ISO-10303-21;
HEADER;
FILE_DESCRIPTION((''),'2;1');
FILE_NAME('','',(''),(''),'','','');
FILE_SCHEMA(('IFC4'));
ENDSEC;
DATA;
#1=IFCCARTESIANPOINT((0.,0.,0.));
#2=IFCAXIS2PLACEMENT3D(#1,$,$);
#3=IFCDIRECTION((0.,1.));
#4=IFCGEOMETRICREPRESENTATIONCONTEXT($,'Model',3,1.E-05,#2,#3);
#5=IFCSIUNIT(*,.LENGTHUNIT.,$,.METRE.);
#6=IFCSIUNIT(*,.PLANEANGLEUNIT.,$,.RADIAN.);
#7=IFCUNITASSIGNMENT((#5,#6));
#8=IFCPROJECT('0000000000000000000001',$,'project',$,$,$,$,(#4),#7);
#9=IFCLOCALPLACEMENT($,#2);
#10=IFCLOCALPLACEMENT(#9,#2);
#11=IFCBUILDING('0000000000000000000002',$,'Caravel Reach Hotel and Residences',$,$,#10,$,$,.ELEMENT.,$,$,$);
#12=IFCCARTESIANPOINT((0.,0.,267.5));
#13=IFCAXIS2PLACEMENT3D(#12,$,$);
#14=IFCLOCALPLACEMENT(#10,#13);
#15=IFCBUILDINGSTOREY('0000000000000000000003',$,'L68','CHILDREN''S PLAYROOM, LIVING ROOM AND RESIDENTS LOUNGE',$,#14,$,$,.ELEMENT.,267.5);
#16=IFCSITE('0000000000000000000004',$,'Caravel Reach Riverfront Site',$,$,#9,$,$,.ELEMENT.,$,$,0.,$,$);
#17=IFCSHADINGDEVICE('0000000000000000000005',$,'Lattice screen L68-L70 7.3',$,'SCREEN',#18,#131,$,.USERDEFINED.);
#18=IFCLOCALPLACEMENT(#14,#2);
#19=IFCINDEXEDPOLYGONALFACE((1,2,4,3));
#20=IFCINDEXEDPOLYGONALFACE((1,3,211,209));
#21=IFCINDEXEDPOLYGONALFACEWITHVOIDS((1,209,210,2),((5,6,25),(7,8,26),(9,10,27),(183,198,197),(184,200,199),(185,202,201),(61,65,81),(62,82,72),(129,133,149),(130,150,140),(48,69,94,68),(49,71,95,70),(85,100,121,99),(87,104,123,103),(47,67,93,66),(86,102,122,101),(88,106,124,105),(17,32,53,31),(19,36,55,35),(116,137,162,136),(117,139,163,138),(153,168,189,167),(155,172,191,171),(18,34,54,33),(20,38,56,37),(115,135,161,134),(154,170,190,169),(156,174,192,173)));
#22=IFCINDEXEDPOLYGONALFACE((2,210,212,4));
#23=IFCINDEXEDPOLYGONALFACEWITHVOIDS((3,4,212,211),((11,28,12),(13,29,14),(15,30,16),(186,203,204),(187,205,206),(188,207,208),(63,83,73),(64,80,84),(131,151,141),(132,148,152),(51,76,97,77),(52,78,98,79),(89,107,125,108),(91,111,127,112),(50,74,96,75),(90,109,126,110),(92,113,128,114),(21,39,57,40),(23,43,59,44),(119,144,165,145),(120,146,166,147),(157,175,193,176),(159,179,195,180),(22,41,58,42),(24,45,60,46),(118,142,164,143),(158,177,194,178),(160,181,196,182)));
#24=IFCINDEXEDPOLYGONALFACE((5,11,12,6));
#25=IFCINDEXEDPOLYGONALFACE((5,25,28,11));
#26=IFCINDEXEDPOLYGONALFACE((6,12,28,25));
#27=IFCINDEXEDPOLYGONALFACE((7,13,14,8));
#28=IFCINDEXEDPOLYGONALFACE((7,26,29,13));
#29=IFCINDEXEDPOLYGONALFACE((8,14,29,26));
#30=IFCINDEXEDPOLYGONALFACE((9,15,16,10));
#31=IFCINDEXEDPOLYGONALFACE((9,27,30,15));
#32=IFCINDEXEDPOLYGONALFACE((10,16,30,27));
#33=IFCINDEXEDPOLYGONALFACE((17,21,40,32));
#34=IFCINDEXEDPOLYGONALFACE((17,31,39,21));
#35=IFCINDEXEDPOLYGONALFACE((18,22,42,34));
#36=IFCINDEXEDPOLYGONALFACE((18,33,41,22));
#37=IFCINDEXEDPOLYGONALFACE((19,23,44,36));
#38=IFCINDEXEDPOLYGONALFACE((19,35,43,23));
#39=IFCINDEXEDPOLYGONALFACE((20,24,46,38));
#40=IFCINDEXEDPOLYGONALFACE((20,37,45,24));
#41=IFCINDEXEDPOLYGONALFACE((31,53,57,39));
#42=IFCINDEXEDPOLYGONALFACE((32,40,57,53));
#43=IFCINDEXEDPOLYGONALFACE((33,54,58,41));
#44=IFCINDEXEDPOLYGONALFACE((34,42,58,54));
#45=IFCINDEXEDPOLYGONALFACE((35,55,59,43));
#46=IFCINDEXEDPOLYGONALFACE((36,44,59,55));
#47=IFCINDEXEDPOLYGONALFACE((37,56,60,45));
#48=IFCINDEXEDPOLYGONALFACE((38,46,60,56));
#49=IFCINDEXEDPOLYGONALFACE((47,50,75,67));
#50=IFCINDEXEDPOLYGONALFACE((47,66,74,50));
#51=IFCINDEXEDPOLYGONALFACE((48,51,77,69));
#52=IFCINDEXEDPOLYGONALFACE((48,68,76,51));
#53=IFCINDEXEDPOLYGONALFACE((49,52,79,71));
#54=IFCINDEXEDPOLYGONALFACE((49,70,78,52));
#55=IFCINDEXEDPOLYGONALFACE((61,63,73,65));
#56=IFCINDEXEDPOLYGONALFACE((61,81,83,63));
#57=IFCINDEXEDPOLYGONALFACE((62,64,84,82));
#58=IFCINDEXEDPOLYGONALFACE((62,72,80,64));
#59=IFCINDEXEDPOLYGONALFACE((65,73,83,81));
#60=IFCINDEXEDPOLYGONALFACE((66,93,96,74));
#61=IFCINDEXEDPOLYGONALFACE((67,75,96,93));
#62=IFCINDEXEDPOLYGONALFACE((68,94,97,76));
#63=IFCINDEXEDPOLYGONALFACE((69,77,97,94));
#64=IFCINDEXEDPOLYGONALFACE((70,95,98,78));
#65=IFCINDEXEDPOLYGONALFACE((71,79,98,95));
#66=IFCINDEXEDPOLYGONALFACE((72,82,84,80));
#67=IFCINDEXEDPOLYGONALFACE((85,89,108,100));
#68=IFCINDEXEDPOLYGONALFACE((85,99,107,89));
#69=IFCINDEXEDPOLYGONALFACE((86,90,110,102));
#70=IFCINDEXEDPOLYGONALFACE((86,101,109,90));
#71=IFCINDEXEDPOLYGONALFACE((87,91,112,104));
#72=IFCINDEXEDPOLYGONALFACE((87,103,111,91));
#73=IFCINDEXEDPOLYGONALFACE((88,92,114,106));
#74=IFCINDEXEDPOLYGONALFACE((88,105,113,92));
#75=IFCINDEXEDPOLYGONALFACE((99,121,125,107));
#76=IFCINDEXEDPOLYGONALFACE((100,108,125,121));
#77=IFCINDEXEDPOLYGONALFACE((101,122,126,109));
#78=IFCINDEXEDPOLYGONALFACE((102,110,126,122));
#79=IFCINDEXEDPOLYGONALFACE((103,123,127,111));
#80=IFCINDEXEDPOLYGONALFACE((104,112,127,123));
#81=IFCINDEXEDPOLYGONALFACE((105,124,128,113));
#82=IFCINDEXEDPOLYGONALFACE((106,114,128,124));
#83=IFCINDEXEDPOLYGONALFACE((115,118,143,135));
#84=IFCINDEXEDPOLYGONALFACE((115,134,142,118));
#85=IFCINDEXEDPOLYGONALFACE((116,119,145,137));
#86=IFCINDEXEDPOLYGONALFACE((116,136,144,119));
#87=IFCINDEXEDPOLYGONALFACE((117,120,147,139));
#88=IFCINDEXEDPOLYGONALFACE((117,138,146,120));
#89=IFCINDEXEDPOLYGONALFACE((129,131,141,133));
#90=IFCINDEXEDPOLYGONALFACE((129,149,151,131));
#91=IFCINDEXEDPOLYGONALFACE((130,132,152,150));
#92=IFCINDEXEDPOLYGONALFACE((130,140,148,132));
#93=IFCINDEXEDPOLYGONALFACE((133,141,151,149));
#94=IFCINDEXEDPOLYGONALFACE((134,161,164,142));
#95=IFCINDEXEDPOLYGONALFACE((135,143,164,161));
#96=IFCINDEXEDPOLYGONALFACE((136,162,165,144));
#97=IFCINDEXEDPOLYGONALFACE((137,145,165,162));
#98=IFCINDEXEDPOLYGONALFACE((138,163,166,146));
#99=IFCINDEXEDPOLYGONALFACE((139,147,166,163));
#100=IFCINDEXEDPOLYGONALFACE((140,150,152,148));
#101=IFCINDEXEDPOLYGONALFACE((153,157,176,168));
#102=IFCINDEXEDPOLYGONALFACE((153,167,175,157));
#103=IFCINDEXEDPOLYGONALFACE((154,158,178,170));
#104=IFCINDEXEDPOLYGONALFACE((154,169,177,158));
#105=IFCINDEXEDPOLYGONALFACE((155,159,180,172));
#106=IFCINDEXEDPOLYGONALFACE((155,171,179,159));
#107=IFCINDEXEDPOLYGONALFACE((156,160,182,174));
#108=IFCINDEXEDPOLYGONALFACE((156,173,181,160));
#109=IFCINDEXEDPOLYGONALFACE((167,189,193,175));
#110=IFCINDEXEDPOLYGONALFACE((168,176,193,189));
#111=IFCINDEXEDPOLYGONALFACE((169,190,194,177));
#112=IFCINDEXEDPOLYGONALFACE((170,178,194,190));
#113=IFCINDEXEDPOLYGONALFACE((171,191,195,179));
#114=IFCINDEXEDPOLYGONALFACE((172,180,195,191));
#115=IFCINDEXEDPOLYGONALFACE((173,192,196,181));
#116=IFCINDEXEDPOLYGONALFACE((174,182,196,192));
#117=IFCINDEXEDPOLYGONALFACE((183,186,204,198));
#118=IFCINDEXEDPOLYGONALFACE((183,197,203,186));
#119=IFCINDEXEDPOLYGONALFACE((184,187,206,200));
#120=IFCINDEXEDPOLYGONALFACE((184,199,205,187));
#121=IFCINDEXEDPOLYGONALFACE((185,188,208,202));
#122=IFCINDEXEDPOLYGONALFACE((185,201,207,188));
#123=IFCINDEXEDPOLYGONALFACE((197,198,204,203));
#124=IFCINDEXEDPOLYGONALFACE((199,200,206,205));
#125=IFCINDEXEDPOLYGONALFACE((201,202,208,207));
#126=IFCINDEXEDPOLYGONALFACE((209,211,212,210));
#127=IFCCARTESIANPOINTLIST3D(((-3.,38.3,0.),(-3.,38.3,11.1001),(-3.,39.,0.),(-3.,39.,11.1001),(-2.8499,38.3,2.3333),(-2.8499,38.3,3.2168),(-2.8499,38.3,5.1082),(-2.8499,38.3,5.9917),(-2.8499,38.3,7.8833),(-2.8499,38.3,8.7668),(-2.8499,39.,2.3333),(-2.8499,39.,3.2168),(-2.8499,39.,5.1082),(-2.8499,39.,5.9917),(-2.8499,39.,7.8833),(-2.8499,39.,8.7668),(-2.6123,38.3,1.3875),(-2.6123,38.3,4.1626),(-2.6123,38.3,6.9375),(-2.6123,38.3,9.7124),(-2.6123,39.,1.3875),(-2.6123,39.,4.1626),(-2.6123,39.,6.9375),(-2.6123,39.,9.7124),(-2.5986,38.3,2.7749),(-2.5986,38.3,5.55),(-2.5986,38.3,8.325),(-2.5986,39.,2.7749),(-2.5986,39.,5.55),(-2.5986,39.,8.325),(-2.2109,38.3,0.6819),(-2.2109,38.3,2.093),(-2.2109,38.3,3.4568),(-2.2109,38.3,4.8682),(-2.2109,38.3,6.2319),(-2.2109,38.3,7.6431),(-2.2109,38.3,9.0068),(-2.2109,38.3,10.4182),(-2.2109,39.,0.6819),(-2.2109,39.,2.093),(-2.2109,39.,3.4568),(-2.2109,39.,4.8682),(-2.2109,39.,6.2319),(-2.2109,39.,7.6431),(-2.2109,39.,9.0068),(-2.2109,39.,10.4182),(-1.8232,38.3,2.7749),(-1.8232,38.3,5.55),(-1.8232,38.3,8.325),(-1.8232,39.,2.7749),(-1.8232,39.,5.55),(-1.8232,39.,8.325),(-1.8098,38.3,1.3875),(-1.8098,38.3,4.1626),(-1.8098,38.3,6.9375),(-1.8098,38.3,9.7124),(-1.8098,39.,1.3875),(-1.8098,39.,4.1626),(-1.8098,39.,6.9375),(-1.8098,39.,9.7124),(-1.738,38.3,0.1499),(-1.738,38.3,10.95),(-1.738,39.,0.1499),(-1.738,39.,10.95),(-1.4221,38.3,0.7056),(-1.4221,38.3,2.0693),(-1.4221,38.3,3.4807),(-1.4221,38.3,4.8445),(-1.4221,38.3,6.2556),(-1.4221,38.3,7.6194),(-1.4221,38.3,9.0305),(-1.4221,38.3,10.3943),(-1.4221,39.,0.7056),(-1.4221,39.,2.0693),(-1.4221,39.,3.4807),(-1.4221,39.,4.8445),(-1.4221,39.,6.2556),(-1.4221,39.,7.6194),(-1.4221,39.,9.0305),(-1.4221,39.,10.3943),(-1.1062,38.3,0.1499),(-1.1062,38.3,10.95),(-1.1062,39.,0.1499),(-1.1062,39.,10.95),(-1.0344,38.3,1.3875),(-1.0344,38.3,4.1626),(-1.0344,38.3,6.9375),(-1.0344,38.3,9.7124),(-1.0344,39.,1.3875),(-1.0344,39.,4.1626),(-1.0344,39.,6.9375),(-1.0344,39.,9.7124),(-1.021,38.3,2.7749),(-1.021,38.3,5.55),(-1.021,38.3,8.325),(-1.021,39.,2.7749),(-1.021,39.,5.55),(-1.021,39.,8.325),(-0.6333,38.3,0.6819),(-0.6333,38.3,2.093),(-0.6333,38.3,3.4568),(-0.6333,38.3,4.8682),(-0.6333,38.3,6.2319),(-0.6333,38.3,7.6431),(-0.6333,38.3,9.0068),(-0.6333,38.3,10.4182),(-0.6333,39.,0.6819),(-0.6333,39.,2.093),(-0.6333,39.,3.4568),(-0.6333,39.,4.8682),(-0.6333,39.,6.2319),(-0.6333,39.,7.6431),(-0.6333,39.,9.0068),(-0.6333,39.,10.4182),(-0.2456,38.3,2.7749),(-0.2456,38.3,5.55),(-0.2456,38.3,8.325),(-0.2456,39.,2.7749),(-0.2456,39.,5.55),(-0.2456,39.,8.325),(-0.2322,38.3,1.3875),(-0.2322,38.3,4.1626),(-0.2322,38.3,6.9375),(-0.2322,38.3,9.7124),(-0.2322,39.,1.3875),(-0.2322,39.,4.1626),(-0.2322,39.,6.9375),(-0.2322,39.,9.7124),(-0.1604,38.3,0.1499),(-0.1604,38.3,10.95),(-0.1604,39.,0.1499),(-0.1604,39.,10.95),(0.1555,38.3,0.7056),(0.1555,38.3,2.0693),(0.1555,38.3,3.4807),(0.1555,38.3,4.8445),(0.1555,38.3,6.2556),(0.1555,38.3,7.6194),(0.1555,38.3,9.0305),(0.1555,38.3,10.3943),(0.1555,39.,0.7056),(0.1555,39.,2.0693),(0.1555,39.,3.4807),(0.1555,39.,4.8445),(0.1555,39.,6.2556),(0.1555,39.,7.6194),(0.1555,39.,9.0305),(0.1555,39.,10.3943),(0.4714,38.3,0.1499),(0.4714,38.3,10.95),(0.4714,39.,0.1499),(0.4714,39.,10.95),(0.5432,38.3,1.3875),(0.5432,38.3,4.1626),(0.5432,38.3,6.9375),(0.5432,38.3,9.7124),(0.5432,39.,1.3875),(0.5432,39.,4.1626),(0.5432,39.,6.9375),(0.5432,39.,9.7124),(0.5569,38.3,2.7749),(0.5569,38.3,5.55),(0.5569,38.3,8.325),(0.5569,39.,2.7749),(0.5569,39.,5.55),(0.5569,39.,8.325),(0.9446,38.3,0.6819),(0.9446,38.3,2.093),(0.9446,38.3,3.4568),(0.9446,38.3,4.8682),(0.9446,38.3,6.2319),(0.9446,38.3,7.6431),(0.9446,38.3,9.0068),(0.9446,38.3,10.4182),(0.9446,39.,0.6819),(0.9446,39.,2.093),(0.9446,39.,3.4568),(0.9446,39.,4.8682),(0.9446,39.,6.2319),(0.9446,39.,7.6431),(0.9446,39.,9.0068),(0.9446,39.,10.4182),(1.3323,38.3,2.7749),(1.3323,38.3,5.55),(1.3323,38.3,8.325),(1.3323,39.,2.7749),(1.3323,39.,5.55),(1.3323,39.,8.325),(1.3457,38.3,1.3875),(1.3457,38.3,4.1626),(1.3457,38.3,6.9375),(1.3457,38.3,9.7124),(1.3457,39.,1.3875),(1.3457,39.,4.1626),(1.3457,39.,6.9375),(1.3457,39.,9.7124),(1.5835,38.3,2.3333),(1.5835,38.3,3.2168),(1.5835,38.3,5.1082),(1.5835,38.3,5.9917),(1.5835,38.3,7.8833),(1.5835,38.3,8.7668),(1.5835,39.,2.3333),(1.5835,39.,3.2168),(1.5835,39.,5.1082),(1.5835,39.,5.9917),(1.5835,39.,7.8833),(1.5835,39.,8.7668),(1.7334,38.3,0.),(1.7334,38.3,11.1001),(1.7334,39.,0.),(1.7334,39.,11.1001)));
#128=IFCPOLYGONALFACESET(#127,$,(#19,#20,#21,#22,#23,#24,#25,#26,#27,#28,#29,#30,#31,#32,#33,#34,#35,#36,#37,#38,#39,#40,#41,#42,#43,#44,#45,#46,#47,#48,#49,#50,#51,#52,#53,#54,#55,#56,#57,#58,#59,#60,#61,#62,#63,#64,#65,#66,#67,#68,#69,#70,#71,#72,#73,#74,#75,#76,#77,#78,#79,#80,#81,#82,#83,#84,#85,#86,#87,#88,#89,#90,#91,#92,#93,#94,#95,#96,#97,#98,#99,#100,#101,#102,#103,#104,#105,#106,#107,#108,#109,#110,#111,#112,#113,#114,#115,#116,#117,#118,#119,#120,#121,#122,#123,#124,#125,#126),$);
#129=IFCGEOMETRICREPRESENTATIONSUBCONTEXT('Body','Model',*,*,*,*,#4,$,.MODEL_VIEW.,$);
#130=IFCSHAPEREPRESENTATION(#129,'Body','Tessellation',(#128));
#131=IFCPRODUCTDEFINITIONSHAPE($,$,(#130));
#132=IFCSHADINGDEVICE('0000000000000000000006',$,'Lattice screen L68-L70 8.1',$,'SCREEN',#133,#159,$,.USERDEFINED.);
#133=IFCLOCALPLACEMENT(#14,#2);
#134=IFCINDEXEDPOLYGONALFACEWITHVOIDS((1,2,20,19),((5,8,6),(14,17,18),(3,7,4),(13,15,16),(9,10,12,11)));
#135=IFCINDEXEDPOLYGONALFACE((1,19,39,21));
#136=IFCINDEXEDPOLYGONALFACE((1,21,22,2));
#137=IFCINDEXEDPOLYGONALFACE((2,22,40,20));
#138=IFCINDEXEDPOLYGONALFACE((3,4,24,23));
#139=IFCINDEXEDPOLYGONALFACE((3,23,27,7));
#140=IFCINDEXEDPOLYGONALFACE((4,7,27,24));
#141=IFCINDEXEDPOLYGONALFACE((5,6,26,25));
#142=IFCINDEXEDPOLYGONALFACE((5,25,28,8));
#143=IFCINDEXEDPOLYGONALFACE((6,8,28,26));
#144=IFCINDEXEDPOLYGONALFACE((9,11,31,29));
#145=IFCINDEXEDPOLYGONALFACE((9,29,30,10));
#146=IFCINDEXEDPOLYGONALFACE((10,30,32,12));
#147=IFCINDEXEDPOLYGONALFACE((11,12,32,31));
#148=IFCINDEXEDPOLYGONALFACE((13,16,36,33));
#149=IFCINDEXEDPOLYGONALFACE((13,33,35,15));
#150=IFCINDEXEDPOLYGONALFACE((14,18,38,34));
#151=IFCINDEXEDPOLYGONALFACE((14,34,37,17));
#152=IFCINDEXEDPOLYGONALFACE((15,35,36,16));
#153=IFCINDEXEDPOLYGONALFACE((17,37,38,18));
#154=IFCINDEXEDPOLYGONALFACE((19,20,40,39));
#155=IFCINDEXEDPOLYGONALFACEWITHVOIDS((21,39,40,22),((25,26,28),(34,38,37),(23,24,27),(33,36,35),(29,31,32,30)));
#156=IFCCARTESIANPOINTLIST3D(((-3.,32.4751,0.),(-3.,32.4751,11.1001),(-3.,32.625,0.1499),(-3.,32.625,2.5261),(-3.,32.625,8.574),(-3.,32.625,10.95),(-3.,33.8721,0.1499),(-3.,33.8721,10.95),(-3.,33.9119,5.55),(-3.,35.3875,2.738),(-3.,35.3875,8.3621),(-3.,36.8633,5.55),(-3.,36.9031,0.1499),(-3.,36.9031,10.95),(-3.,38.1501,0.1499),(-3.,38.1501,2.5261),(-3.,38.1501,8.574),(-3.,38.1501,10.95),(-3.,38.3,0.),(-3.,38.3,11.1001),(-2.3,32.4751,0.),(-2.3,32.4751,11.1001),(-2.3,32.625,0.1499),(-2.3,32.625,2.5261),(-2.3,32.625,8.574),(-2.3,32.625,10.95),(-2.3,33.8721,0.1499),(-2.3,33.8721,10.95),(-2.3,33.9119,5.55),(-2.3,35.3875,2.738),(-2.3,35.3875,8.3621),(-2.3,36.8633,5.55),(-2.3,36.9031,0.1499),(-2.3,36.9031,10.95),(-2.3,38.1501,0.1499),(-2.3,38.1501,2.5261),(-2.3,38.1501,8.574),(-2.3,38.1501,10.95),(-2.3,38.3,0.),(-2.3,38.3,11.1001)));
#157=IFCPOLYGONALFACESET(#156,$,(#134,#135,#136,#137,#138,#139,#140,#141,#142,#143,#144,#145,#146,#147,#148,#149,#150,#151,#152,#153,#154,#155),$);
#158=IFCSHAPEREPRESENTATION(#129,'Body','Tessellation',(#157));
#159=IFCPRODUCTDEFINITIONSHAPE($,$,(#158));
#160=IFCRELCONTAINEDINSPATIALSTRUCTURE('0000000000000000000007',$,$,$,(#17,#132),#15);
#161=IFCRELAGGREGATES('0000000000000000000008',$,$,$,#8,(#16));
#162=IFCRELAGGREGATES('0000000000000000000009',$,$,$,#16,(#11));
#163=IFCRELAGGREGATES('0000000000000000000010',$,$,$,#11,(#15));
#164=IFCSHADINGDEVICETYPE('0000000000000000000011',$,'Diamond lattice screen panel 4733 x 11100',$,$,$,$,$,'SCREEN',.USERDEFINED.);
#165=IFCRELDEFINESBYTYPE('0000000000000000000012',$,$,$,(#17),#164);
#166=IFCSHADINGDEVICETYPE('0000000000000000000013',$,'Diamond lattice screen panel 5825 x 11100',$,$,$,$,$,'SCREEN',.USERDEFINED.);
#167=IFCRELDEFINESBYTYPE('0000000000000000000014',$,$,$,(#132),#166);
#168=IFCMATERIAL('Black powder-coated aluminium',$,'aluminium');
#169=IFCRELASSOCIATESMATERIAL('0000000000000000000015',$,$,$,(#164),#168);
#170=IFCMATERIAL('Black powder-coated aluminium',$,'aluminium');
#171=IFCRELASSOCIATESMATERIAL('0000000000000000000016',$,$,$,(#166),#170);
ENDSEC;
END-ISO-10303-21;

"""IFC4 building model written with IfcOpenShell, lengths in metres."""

from ifc_helpers import new_model, si_unit, direction, frame, origin, place, context, subcontext, project, spatial, polyline, outline, extrude, material, type_object, element, save


model = new_model("IFC4")

# Units and contexts
model_context = context("Model", 3, precision=1e-05, world=origin(), true_north=direction((0.0, 1.0)))
body_context = subcontext(model_context, "Body", "Model", "MODEL_VIEW")
ifc_project = project(units=[si_unit("LENGTHUNIT", "METRE"), si_unit("PLANEANGLEUNIT", "RADIAN")], contexts=[model_context])

# Site, building, storey
site_placement = place(None, origin())
site = spatial("IfcSite", under=ifc_project, at=site_placement, Name="Caravel Reach Riverfront Site", CompositionType="ELEMENT", RefElevation=0.0)
building_placement = place(site_placement, origin())
building = spatial("IfcBuilding", under=site, at=building_placement, Name="Caravel Reach Hotel and Residences", CompositionType="ELEMENT")
storey_placement = place(building_placement, frame((0.0, 0.0, 267.5)))
storey = spatial("IfcBuildingStorey", under=building, at=storey_placement, Name="L68", Description="CHILDREN'S PLAYROOM, LIVING ROOM AND RESIDENTS LOUNGE", CompositionType="ELEMENT", Elevation=267.5)

# Shading devices
ifc_material_1 = material(Name="Black powder-coated aluminium", Category="aluminium")
shading_device_type_1 = type_object("IfcShadingDeviceType", Name="Diamond lattice screen panel 4733 x 11100", ElementType="SCREEN", PredefinedType="USERDEFINED", material=ifc_material_1)
shading_device_placement = place(storey_placement, frame((1.7334, 38.3, 0.0), z_axis=(0.0, 1.0, 0.0), x_axis=(-1.0, 0.0, 0.0)))
element("IfcShadingDevice", 1, at=shading_device_placement, inside=storey, type_object=shading_device_type_1, Name="Lattice screen L68-L70 7.3", ObjectType="SCREEN", PredefinedType="USERDEFINED", context=body_context, shape_type="SweptSolid", body=[
    extrude(outline(polyline([(0.0, 0.0), (4.7334, 0.0), (4.7334, 11.1001), (0.0, 11.1001), (0.0, 0.0)]), holes=[polyline([(0.4011, 2.7749), (0.1499, 3.2168), (0.1499, 2.3333), (0.4011, 2.7749)]), polyline([(0.4011, 5.55), (0.1499, 5.9917), (0.1499, 5.1082), (0.4011, 5.55)]), polyline([(0.4011, 8.325), (0.1499, 8.7668), (0.1499, 7.8833), (0.4011, 8.325)]), polyline([(0.7888, 2.093), (0.3877, 1.3875), (0.7888, 0.6819), (1.1902, 1.3875), (0.7888, 2.093)]), polyline([(0.7888, 4.8682), (0.3877, 4.1626), (0.7888, 3.4568), (1.1902, 4.1626), (0.7888, 4.8682)]), polyline([(0.7888, 7.6431), (0.3877, 6.9375), (0.7888, 6.2319), (1.1902, 6.9375), (0.7888, 7.6431)]), polyline([(0.7888, 10.4182), (0.3877, 9.7124), (0.7888, 9.0068), (1.1902, 9.7124), (0.7888, 10.4182)]), polyline([(1.5779, 0.7056), (1.262, 0.1499), (1.8938, 0.1499), (1.5779, 0.7056)]), polyline([(1.5779, 3.4807), (1.1765, 2.7749), (1.5779, 2.0693), (1.979, 2.7749), (1.5779, 3.4807)]), polyline([(1.5779, 6.2556), (1.1765, 5.55), (1.5779, 4.8445), (1.979, 5.55), (1.5779, 6.2556)]), polyline([(1.5779, 9.0305), (1.1765, 8.325), (1.5779, 7.6194), (1.979, 8.325), (1.5779, 9.0305)]), polyline([(1.5779, 10.3943), (1.8938, 10.95), (1.262, 10.95), (1.5779, 10.3943)]), polyline([(2.3667, 2.093), (1.9656, 1.3875), (2.3667, 0.6819), (2.7678, 1.3875), (2.3667, 2.093)]), polyline([(2.3667, 4.8682), (1.9656, 4.1626), (2.3667, 3.4568), (2.7678, 4.1626), (2.3667, 4.8682)]), polyline([(2.3667, 7.6431), (1.9656, 6.9375), (2.3667, 6.2319), (2.7678, 6.9375), (2.3667, 7.6431)]), polyline([(2.3667, 10.4182), (1.9656, 9.7124), (2.3667, 9.0068), (2.7678, 9.7124), (2.3667, 10.4182)]), polyline([(3.1555, 0.7056), (2.8396, 0.1499), (3.4714, 0.1499), (3.1555, 0.7056)]), polyline([(3.1555, 3.4807), (2.7544, 2.7749), (3.1555, 2.0693), (3.5566, 2.7749), (3.1555, 3.4807)]), polyline([(3.1555, 6.2556), (2.7544, 5.55), (3.1555, 4.8445), (3.5566, 5.55), (3.1555, 6.2556)]), polyline([(3.1555, 9.0305), (2.7544, 8.325), (3.1555, 7.6194), (3.5566, 8.325), (3.1555, 9.0305)]), polyline([(3.1555, 10.3943), (3.4714, 10.95), (2.8396, 10.95), (3.1555, 10.3943)]), polyline([(3.9443, 2.093), (3.5432, 1.3875), (3.9443, 0.6819), (4.3457, 1.3875), (3.9443, 2.093)]), polyline([(3.9443, 4.8682), (3.5432, 4.1626), (3.9443, 3.4568), (4.3457, 4.1626), (3.9443, 4.8682)]), polyline([(3.9443, 7.6431), (3.5432, 6.9375), (3.9443, 6.2319), (4.3457, 6.9375), (3.9443, 7.6431)]), polyline([(3.9443, 10.4182), (3.5432, 9.7124), (3.9443, 9.0068), (4.3457, 9.7124), (3.9443, 10.4182)]), polyline([(4.332, 2.7749), (4.5833, 2.3333), (4.5833, 3.2168), (4.332, 2.7749)]), polyline([(4.332, 5.55), (4.5833, 5.1082), (4.5833, 5.9917), (4.332, 5.55)]), polyline([(4.332, 8.325), (4.5833, 7.8833), (4.5833, 8.7668), (4.332, 8.325)])]), origin(), (0.0, 0.0, 1.0), 0.7),
])
ifc_material_2 = material(Name="Black powder-coated aluminium", Category="aluminium")
shading_device_type_2 = type_object("IfcShadingDeviceType", Name="Diamond lattice screen panel 5825 x 11100", ElementType="SCREEN", PredefinedType="USERDEFINED", material=ifc_material_2)
for number, where, z_axis, x_axis, name in (
    (2, (-2.3, 38.3, 0.0), (-1.0, 0.0, 0.0), (0.0, -1.0, 0.0), "Lattice screen L68-L70 8.1"),
):
    element("IfcShadingDevice", number, at=place(storey_placement, frame(where, z_axis=z_axis, x_axis=x_axis)), inside=storey, type_object=shading_device_type_2, Name=name, ObjectType="SCREEN", PredefinedType="USERDEFINED", context=body_context, shape_type="SweptSolid", body=[
        extrude(outline(polyline([(0.0, 0.0), (5.825, 0.0), (5.825, 11.1001), (0.0, 11.1001), (0.0, 0.0)]), holes=[polyline([(1.397, 0.1499), (0.1499, 2.5261), (0.1499, 0.1499), (1.397, 0.1499)]), polyline([(0.1499, 8.574), (1.397, 10.95), (0.1499, 10.95), (0.1499, 8.574)]), polyline([(2.9126, 8.3621), (1.4368, 5.55), (2.9126, 2.738), (4.3882, 5.55), (2.9126, 8.3621)]), polyline([(5.675, 2.5261), (4.428, 0.1499), (5.675, 0.1499), (5.675, 2.5261)]), polyline([(4.428, 10.95), (5.675, 8.574), (5.675, 10.95), (4.428, 10.95)])]), origin(), (0.0, 0.0, 1.0), 0.7),
    ])

save(model, "model.ifc")
